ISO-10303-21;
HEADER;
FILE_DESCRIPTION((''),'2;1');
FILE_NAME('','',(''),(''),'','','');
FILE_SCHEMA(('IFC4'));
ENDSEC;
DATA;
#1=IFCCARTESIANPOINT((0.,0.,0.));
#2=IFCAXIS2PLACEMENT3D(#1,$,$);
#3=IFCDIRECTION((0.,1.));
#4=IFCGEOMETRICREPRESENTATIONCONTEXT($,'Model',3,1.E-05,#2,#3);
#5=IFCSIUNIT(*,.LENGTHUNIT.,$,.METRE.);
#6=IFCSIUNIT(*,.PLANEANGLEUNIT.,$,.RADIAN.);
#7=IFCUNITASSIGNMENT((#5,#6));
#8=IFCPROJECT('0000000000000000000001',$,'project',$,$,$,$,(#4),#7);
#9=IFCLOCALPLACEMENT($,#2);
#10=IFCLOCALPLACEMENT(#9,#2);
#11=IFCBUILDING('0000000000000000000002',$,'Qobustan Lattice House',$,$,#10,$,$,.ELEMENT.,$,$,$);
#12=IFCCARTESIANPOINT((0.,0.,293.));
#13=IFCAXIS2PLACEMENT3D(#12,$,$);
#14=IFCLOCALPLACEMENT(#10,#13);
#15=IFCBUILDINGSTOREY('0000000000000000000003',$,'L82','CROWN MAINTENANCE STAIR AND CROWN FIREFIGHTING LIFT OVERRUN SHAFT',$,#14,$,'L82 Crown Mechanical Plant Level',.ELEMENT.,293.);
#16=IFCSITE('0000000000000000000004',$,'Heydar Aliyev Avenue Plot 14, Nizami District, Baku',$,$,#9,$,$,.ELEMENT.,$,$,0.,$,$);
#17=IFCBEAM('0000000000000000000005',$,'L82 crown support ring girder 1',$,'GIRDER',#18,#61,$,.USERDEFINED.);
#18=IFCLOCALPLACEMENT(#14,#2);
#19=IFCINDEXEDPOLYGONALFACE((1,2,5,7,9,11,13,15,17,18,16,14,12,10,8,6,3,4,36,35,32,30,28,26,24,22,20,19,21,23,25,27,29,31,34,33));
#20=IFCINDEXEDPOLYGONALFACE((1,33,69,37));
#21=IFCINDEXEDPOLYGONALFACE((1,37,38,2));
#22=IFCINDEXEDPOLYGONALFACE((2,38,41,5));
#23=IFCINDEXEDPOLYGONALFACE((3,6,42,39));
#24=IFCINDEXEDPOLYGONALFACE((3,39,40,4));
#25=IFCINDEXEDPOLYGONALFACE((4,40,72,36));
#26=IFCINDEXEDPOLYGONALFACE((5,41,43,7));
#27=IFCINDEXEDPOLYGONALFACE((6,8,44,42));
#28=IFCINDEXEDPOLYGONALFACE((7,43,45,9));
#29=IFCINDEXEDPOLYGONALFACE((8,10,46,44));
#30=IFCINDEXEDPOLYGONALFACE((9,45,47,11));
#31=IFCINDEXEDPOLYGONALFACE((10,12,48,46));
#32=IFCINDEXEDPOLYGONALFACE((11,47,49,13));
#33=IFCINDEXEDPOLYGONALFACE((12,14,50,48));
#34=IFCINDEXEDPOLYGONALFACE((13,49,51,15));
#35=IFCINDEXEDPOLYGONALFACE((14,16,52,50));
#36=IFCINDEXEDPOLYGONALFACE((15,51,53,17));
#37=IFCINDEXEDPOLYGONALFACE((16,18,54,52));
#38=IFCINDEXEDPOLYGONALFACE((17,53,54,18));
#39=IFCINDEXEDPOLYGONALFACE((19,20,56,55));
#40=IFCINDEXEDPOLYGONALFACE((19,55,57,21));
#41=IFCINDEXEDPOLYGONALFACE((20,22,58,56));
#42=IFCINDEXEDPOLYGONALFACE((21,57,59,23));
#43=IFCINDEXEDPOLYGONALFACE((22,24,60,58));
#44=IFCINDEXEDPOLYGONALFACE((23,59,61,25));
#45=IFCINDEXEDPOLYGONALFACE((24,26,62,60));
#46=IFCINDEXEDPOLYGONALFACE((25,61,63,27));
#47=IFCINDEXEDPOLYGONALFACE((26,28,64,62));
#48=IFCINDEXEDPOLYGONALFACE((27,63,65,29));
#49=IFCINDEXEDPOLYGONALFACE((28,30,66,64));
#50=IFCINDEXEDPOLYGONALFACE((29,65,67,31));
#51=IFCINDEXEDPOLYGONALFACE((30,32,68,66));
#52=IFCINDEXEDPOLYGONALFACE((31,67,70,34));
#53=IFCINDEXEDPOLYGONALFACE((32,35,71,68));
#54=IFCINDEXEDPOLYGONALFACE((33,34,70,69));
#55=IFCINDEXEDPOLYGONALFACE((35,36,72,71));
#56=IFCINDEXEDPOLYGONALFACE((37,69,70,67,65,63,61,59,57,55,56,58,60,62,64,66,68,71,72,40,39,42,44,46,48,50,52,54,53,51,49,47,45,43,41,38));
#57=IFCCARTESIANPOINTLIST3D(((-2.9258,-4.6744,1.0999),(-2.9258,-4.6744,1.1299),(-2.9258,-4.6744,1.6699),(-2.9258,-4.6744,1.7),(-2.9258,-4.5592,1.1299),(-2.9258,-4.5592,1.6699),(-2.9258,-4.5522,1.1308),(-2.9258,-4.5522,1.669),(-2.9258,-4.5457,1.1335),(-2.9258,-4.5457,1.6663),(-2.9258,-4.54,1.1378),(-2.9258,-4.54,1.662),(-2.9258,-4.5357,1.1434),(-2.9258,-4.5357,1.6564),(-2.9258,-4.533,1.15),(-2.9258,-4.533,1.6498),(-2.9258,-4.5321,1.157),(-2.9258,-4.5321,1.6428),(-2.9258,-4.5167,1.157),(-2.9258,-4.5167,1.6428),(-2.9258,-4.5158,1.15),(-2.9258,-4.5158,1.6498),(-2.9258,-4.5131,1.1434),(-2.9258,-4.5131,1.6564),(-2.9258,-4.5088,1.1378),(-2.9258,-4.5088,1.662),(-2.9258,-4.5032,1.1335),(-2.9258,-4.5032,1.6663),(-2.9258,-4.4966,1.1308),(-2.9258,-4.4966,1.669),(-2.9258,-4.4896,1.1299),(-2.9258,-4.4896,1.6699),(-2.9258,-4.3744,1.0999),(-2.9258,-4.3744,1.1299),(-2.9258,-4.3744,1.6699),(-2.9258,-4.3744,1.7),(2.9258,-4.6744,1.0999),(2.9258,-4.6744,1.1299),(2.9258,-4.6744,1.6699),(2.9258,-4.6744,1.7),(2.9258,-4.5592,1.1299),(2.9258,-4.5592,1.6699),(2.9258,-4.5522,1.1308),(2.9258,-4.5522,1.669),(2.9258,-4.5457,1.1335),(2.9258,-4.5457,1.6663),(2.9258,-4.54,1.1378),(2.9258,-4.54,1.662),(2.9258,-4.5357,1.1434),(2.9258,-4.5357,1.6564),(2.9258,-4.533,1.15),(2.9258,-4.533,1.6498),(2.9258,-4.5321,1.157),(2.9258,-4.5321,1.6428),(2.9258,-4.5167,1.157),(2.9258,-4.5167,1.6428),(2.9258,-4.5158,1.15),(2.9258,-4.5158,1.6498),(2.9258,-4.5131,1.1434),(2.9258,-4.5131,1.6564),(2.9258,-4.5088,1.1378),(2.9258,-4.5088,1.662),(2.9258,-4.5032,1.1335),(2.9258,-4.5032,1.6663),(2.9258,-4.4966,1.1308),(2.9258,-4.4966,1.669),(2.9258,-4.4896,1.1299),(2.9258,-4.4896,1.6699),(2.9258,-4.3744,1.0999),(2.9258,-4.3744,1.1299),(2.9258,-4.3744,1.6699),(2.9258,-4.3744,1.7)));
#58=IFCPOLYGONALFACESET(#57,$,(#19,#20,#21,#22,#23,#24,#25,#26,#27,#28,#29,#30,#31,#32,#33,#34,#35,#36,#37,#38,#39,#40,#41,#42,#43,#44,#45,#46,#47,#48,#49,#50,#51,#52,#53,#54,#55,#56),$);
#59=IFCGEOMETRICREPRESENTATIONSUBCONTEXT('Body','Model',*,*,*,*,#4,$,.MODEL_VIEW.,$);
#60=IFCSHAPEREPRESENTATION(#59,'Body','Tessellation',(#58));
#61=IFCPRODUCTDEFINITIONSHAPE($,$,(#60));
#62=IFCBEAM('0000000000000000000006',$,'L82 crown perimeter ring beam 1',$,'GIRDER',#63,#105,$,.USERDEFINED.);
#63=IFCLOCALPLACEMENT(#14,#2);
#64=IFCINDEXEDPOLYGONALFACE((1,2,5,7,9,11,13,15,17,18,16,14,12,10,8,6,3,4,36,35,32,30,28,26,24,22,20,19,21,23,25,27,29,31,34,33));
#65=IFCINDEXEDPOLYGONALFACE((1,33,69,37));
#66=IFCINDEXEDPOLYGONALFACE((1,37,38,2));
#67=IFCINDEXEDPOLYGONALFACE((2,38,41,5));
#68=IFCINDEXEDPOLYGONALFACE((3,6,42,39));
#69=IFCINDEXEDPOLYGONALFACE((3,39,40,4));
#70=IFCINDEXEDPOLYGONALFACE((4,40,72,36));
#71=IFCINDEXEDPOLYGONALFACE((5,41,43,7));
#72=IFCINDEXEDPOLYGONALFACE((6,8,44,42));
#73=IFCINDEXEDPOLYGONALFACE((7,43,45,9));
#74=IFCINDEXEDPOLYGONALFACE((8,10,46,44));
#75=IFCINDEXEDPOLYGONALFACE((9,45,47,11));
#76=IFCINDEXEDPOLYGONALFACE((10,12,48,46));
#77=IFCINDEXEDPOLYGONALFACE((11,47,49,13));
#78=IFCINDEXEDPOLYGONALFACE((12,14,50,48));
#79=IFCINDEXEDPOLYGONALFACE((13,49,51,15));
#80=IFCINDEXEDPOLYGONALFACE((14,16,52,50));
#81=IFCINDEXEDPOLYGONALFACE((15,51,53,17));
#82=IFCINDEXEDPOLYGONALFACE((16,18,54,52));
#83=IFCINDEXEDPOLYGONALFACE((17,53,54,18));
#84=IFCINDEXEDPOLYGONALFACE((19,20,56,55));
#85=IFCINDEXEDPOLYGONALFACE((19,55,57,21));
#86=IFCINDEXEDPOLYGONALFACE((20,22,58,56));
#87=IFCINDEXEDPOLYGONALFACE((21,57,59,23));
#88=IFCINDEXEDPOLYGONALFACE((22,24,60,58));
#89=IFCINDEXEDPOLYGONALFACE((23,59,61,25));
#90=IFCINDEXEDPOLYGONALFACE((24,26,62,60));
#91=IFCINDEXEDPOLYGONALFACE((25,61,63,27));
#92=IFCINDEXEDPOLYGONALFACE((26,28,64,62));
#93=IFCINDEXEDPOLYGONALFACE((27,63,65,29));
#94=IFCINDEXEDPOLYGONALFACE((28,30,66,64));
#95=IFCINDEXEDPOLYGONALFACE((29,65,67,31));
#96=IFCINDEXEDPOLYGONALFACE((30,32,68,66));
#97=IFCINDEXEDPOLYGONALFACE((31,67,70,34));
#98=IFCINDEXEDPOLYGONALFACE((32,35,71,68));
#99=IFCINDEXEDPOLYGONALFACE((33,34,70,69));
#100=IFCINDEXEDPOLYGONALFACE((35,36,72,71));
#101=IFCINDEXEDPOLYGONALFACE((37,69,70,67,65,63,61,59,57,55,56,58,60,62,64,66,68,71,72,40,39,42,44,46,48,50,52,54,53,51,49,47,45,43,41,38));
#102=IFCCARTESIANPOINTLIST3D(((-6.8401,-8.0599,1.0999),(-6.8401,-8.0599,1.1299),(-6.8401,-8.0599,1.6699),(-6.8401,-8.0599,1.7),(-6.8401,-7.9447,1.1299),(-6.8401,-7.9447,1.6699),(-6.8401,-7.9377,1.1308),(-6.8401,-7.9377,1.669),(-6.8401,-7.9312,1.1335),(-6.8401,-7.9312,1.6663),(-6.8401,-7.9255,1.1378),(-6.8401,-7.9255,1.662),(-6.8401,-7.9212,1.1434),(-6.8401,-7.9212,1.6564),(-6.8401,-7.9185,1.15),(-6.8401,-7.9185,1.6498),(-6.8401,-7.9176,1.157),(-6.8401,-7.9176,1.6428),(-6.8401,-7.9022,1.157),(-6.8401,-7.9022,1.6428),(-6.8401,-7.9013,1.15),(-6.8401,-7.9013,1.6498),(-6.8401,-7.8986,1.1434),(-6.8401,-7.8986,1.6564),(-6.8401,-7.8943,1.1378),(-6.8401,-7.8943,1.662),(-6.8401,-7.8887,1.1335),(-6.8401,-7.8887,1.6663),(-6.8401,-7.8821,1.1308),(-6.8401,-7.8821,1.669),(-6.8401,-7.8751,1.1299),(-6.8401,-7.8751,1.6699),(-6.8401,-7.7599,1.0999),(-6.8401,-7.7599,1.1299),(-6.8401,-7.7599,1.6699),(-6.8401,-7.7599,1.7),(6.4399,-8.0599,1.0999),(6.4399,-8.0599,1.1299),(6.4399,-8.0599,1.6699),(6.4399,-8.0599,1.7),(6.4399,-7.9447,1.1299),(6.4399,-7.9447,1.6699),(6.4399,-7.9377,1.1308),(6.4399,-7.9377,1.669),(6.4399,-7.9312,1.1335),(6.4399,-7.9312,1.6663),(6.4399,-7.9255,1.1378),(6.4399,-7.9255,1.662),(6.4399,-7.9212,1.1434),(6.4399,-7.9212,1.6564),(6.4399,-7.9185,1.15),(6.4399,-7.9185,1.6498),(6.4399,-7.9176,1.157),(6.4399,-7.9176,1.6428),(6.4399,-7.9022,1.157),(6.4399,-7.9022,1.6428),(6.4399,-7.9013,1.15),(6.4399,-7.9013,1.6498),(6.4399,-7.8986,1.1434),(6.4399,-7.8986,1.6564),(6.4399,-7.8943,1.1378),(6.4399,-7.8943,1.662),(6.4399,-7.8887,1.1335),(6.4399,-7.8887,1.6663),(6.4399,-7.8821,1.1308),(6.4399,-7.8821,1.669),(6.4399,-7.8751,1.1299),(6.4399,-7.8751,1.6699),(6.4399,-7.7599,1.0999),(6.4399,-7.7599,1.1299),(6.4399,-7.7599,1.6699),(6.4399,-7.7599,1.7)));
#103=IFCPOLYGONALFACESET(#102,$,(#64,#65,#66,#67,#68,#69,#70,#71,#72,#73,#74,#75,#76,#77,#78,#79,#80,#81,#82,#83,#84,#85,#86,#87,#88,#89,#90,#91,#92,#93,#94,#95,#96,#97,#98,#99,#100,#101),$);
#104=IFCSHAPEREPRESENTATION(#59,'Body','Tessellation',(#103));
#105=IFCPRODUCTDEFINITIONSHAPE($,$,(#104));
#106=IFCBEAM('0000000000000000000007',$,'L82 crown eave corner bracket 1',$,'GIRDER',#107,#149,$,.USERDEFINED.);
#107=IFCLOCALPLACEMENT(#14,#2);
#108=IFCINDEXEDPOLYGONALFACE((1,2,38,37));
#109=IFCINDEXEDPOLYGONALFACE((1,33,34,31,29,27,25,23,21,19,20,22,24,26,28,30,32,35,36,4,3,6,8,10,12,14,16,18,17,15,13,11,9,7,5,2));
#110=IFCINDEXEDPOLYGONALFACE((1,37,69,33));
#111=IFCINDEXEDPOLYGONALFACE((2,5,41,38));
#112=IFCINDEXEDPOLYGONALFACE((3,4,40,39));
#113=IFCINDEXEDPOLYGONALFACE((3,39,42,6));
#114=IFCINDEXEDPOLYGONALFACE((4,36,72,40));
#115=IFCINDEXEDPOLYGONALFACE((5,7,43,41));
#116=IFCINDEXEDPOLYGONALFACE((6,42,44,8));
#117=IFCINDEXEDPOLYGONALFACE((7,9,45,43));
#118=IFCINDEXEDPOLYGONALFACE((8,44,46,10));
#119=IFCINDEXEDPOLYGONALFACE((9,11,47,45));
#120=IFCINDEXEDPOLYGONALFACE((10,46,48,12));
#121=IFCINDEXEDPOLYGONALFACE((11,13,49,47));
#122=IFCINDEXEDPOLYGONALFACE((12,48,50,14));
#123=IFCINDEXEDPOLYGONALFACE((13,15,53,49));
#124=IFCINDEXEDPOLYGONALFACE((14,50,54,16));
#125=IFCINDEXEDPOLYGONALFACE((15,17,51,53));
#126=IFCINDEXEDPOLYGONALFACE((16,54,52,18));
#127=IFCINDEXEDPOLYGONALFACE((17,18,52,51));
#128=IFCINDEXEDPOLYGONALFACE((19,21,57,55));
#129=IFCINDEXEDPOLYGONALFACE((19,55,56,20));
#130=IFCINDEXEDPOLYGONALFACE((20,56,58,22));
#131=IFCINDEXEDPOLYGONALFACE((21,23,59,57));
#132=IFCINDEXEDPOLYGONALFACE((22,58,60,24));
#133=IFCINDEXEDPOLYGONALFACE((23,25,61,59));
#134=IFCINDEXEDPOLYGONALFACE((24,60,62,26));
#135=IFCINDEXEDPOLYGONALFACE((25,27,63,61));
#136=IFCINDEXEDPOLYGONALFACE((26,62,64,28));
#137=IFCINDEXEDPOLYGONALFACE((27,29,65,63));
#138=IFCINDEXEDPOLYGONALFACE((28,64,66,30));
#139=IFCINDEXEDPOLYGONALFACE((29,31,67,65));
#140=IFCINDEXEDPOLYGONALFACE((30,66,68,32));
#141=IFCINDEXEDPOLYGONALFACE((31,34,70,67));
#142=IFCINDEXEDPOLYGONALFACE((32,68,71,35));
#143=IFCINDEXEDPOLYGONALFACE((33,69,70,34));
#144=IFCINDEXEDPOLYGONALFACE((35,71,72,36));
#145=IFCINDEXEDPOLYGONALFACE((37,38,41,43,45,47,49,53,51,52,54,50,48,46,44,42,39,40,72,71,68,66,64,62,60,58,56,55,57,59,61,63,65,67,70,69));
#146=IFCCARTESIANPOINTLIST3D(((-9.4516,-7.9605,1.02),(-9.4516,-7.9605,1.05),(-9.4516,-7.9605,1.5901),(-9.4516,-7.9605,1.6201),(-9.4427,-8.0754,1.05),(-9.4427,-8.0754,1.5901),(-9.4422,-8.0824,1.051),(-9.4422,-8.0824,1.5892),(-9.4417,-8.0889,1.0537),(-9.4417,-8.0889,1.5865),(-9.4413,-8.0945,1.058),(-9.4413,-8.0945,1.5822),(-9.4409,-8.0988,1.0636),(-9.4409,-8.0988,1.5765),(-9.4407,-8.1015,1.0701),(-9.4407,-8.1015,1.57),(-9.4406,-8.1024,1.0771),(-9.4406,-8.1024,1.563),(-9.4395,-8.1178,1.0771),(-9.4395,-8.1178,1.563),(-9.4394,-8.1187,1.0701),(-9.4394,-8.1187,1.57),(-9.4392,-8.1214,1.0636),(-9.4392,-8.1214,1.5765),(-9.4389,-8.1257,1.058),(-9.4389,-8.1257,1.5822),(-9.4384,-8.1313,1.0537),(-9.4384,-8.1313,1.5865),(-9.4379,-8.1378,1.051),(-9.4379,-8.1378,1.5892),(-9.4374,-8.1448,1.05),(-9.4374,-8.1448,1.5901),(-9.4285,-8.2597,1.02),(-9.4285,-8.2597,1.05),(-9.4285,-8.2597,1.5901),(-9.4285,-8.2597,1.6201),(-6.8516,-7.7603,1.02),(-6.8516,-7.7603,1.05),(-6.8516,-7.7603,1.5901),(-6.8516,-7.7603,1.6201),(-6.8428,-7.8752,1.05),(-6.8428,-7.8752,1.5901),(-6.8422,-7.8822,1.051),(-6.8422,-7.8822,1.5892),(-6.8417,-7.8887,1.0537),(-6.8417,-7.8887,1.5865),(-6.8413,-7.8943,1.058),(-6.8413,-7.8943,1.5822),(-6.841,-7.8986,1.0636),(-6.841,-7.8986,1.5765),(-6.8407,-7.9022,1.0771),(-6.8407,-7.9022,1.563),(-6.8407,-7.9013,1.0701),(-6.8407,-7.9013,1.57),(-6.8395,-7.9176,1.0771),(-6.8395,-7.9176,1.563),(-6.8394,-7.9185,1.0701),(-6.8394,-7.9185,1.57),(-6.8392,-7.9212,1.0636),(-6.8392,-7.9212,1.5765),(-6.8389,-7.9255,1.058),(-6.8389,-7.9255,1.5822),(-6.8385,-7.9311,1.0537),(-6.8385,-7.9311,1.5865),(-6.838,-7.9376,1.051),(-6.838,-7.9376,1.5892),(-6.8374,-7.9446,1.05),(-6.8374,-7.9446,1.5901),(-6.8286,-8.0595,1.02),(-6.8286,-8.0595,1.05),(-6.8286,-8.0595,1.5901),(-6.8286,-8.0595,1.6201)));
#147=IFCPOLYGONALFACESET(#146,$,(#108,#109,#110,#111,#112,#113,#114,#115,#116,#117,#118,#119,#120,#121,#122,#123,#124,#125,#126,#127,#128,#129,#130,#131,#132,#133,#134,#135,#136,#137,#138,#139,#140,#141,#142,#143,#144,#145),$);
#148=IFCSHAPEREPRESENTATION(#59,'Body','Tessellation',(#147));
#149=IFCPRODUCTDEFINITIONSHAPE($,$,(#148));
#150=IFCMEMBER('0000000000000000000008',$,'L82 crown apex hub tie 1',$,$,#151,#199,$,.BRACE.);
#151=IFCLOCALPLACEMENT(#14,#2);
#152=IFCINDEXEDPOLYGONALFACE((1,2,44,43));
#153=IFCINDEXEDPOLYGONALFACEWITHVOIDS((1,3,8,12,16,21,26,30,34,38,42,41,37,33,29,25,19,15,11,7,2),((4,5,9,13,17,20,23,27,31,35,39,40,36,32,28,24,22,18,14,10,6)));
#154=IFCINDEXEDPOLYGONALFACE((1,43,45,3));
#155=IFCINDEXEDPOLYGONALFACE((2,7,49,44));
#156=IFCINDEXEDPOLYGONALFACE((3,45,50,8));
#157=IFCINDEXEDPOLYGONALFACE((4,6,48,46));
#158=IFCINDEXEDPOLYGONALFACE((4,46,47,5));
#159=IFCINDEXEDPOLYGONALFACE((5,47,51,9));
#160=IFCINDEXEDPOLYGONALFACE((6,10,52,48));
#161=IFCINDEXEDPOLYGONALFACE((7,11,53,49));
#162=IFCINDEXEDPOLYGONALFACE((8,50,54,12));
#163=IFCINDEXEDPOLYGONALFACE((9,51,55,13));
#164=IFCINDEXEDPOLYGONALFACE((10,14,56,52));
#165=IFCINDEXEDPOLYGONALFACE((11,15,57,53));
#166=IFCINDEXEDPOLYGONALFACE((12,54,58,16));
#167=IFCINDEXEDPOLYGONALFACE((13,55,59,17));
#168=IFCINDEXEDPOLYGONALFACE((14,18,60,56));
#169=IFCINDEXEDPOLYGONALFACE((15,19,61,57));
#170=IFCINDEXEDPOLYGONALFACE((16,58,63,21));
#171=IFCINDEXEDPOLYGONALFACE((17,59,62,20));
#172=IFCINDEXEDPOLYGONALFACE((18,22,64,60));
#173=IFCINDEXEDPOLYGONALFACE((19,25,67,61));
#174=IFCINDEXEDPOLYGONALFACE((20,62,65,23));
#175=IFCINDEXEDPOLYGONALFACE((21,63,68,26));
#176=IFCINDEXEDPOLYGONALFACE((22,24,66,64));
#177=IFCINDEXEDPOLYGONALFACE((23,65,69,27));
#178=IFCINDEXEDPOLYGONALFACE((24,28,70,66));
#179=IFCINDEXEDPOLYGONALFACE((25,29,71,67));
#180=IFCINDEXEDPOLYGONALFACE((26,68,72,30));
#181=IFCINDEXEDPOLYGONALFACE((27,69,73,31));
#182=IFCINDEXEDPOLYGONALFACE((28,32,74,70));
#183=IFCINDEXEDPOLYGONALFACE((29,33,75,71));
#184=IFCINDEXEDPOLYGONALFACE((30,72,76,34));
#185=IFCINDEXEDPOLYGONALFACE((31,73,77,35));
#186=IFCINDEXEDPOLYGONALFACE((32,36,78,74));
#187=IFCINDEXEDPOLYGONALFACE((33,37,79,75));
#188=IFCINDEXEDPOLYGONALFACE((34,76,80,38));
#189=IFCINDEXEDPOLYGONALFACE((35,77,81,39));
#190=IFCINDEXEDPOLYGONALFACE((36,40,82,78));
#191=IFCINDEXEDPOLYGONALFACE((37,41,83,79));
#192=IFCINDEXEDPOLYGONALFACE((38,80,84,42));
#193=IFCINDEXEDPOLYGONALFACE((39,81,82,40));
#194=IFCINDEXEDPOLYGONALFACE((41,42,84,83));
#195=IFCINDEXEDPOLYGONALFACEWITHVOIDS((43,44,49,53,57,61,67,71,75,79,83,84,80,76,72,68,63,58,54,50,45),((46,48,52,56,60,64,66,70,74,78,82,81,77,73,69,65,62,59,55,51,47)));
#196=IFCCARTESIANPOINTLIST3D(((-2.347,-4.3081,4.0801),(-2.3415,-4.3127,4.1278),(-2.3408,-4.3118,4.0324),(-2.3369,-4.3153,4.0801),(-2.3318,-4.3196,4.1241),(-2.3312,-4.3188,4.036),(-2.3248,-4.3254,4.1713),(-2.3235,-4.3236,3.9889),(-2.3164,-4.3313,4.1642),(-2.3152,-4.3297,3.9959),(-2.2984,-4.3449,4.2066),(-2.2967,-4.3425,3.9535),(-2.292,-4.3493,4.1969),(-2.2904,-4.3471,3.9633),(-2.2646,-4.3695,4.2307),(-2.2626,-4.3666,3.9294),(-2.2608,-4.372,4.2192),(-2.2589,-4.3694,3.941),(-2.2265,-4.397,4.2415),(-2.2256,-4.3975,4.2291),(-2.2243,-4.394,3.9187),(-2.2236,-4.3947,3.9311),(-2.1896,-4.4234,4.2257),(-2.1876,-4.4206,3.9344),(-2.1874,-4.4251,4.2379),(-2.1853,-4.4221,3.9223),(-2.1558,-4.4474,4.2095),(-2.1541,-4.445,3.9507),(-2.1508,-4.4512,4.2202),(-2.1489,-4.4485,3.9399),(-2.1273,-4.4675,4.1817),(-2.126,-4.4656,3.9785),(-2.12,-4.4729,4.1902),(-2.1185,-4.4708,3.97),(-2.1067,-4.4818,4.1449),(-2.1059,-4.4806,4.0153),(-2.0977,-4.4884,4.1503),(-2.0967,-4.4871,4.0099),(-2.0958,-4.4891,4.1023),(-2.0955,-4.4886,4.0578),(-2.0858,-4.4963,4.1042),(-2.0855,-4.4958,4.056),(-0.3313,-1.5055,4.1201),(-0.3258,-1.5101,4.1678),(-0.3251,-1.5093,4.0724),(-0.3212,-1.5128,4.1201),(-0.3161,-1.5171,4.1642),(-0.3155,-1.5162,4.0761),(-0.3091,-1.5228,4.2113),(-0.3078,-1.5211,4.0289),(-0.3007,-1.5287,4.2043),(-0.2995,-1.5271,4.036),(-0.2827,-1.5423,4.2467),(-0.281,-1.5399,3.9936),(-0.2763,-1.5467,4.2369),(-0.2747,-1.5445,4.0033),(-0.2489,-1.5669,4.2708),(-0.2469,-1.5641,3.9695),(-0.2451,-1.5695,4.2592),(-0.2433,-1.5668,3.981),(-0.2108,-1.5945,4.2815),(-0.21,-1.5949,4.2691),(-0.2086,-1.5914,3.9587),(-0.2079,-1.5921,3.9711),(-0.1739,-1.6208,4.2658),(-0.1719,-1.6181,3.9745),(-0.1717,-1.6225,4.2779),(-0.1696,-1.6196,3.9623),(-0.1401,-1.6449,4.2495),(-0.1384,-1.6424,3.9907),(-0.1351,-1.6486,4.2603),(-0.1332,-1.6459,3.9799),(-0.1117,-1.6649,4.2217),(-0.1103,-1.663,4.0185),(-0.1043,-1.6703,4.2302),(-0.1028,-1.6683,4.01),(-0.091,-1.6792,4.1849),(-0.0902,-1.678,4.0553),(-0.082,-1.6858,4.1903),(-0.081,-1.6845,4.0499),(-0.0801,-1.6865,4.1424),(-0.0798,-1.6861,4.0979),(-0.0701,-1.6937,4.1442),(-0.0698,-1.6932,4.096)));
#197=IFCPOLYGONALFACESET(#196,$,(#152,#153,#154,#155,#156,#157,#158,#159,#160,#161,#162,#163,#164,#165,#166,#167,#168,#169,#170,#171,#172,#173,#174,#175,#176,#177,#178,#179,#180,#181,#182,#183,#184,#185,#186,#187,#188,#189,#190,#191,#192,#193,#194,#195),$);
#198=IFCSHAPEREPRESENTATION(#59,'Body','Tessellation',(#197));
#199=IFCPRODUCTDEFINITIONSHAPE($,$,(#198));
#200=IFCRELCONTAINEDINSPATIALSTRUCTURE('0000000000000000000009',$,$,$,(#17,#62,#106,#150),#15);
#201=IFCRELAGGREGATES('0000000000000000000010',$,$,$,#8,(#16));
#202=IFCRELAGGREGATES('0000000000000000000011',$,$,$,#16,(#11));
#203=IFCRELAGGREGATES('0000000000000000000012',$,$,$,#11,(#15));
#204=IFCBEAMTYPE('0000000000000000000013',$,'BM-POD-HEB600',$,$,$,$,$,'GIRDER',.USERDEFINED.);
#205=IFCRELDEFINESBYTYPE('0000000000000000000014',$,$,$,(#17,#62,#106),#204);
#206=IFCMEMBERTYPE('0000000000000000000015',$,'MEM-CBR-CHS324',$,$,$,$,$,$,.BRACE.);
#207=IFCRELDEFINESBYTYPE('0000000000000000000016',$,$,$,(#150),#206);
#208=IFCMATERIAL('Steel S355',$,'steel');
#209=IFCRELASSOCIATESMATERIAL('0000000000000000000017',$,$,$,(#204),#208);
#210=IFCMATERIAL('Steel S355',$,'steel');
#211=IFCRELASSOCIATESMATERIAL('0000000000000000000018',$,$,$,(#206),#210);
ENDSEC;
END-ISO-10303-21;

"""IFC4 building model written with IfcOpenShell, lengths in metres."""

from ifc_helpers import new_model, si_unit, direction, frame, origin, origin_2d, place, context, subcontext, project, spatial, hollow_circle, i_section, extrude, material, material_profile, profile_set, type_object, element, save


model = new_model("IFC4")

# Units and contexts
model_context = context("Model", 3, precision=1e-05, world=origin(), true_north=direction((0.0, 1.0)))
body_context = subcontext(model_context, "Body", "Model", "MODEL_VIEW")
ifc_project = project(units=[si_unit("LENGTHUNIT", "METRE"), si_unit("PLANEANGLEUNIT", "RADIAN")], contexts=[model_context])

# Site, building, storey
site_placement = place(None, origin())
site = spatial("IfcSite", under=ifc_project, at=site_placement, Name="Heydar Aliyev Avenue Plot 14, Nizami District, Baku", CompositionType="ELEMENT", RefElevation=0.0)
building_placement = place(site_placement, origin())
building = spatial("IfcBuilding", under=site, at=building_placement, Name="Qobustan Lattice House", CompositionType="ELEMENT")
storey_placement = place(building_placement, frame((0.0, 0.0, 293.0)))
storey = spatial("IfcBuildingStorey", under=building, at=storey_placement, Name="L82", Description="CROWN MAINTENANCE STAIR AND CROWN FIREFIGHTING LIFT OVERRUN SHAFT", LongName="L82 Crown Mechanical Plant Level", CompositionType="ELEMENT", Elevation=293.0)

# Beams
ifc_material_1 = material(Name="Steel S355", Category="steel")
ifc_material_profile_1 = material_profile(ifc_material_1, i_section(OverallWidth=0.3, OverallDepth=0.6001, WebThickness=0.0154, FlangeThickness=0.03, FilletRadius=0.0271, at=origin_2d()), Name="HEB600")
ifc_profile_set_1 = profile_set([ifc_material_profile_1], Name="Steel S355")
beam_type = type_object("IfcBeamType", Name="BM-POD-HEB600", ElementType="GIRDER", PredefinedType="USERDEFINED", material=ifc_profile_set_1)
beam_1_placement = place(storey_placement, frame((-2.9258, -4.5244, 1.3999), z_axis=(1.0, 0.0, 0.0), x_axis=(0.0, 1.0, 0.0)))
element("IfcBeam", 1, at=beam_1_placement, inside=storey, type_object=beam_type, Name="L82 crown support ring girder 1", ObjectType="GIRDER", PredefinedType="USERDEFINED", context=body_context, shape_type="SweptSolid", body=[
    extrude(i_section(OverallWidth=0.3, OverallDepth=0.6001, WebThickness=0.0154, FlangeThickness=0.03, FilletRadius=0.0271, at=origin_2d()), origin(), (0.0, 0.0, 1.0), 5.8516),
])
beam_2_placement = place(storey_placement, frame((-6.8401, -7.9099, 1.3999), z_axis=(1.0, 0.0, 0.0), x_axis=(0.0, 1.0, 0.0)))
element("IfcBeam", 2, at=beam_2_placement, inside=storey, type_object=beam_type, Name="L82 crown perimeter ring beam 1", ObjectType="GIRDER", PredefinedType="USERDEFINED", context=body_context, shape_type="SweptSolid", body=[
    extrude(i_section(OverallWidth=0.3, OverallDepth=0.6001, WebThickness=0.0154, FlangeThickness=0.03, FilletRadius=0.0271, at=origin_2d()), origin(), (0.0, 0.0, 1.0), 13.28),
])
beam_3_placement = place(storey_placement, frame((-6.8401, -7.9099, 1.3201), z_axis=(-0.997048, -0.076775, 0.0), x_axis=(0.076775, -0.997048, 0.0)))
element("IfcBeam", 3, at=beam_3_placement, inside=storey, type_object=beam_type, Name="L82 crown eave corner bracket 1", ObjectType="GIRDER", PredefinedType="USERDEFINED", context=body_context, shape_type="SweptSolid", body=[
    extrude(i_section(OverallWidth=0.3, OverallDepth=0.6001, WebThickness=0.0154, FlangeThickness=0.03, FilletRadius=0.0271, at=origin_2d()), origin(), (0.0, 0.0, 1.0), 2.6077),
])

# Member
ifc_material_2 = material(Name="Steel S355", Category="steel")
ifc_material_profile_2 = material_profile(ifc_material_2, hollow_circle(Radius=0.1619, WallThickness=0.0125, at=origin_2d()), Name="CHS323.9x12.5")
ifc_profile_set_2 = profile_set([ifc_material_profile_2], Name="Steel S355")
member_type_1 = type_object("IfcMemberType", Name="MEM-CBR-CHS324", PredefinedType="BRACE", material=ifc_profile_set_2)
member_1_placement = place(storey_placement, frame((-2.2156, -4.4026, 4.0801), z_axis=(0.583852, 0.811777, 0.011598), x_axis=(-0.811832, 0.583891, 0.0)))
element("IfcMember", 4, at=member_1_placement, inside=storey, type_object=member_type_1, Name="L82 crown apex hub tie 1", PredefinedType="BRACE", context=body_context, shape_type="SweptSolid", body=[
    extrude(hollow_circle(Radius=0.1619, WallThickness=0.0125, at=origin_2d()), origin(), (0.0, 0.0, 1.0), 3.4524),
])

save(model, "model.ifc")
